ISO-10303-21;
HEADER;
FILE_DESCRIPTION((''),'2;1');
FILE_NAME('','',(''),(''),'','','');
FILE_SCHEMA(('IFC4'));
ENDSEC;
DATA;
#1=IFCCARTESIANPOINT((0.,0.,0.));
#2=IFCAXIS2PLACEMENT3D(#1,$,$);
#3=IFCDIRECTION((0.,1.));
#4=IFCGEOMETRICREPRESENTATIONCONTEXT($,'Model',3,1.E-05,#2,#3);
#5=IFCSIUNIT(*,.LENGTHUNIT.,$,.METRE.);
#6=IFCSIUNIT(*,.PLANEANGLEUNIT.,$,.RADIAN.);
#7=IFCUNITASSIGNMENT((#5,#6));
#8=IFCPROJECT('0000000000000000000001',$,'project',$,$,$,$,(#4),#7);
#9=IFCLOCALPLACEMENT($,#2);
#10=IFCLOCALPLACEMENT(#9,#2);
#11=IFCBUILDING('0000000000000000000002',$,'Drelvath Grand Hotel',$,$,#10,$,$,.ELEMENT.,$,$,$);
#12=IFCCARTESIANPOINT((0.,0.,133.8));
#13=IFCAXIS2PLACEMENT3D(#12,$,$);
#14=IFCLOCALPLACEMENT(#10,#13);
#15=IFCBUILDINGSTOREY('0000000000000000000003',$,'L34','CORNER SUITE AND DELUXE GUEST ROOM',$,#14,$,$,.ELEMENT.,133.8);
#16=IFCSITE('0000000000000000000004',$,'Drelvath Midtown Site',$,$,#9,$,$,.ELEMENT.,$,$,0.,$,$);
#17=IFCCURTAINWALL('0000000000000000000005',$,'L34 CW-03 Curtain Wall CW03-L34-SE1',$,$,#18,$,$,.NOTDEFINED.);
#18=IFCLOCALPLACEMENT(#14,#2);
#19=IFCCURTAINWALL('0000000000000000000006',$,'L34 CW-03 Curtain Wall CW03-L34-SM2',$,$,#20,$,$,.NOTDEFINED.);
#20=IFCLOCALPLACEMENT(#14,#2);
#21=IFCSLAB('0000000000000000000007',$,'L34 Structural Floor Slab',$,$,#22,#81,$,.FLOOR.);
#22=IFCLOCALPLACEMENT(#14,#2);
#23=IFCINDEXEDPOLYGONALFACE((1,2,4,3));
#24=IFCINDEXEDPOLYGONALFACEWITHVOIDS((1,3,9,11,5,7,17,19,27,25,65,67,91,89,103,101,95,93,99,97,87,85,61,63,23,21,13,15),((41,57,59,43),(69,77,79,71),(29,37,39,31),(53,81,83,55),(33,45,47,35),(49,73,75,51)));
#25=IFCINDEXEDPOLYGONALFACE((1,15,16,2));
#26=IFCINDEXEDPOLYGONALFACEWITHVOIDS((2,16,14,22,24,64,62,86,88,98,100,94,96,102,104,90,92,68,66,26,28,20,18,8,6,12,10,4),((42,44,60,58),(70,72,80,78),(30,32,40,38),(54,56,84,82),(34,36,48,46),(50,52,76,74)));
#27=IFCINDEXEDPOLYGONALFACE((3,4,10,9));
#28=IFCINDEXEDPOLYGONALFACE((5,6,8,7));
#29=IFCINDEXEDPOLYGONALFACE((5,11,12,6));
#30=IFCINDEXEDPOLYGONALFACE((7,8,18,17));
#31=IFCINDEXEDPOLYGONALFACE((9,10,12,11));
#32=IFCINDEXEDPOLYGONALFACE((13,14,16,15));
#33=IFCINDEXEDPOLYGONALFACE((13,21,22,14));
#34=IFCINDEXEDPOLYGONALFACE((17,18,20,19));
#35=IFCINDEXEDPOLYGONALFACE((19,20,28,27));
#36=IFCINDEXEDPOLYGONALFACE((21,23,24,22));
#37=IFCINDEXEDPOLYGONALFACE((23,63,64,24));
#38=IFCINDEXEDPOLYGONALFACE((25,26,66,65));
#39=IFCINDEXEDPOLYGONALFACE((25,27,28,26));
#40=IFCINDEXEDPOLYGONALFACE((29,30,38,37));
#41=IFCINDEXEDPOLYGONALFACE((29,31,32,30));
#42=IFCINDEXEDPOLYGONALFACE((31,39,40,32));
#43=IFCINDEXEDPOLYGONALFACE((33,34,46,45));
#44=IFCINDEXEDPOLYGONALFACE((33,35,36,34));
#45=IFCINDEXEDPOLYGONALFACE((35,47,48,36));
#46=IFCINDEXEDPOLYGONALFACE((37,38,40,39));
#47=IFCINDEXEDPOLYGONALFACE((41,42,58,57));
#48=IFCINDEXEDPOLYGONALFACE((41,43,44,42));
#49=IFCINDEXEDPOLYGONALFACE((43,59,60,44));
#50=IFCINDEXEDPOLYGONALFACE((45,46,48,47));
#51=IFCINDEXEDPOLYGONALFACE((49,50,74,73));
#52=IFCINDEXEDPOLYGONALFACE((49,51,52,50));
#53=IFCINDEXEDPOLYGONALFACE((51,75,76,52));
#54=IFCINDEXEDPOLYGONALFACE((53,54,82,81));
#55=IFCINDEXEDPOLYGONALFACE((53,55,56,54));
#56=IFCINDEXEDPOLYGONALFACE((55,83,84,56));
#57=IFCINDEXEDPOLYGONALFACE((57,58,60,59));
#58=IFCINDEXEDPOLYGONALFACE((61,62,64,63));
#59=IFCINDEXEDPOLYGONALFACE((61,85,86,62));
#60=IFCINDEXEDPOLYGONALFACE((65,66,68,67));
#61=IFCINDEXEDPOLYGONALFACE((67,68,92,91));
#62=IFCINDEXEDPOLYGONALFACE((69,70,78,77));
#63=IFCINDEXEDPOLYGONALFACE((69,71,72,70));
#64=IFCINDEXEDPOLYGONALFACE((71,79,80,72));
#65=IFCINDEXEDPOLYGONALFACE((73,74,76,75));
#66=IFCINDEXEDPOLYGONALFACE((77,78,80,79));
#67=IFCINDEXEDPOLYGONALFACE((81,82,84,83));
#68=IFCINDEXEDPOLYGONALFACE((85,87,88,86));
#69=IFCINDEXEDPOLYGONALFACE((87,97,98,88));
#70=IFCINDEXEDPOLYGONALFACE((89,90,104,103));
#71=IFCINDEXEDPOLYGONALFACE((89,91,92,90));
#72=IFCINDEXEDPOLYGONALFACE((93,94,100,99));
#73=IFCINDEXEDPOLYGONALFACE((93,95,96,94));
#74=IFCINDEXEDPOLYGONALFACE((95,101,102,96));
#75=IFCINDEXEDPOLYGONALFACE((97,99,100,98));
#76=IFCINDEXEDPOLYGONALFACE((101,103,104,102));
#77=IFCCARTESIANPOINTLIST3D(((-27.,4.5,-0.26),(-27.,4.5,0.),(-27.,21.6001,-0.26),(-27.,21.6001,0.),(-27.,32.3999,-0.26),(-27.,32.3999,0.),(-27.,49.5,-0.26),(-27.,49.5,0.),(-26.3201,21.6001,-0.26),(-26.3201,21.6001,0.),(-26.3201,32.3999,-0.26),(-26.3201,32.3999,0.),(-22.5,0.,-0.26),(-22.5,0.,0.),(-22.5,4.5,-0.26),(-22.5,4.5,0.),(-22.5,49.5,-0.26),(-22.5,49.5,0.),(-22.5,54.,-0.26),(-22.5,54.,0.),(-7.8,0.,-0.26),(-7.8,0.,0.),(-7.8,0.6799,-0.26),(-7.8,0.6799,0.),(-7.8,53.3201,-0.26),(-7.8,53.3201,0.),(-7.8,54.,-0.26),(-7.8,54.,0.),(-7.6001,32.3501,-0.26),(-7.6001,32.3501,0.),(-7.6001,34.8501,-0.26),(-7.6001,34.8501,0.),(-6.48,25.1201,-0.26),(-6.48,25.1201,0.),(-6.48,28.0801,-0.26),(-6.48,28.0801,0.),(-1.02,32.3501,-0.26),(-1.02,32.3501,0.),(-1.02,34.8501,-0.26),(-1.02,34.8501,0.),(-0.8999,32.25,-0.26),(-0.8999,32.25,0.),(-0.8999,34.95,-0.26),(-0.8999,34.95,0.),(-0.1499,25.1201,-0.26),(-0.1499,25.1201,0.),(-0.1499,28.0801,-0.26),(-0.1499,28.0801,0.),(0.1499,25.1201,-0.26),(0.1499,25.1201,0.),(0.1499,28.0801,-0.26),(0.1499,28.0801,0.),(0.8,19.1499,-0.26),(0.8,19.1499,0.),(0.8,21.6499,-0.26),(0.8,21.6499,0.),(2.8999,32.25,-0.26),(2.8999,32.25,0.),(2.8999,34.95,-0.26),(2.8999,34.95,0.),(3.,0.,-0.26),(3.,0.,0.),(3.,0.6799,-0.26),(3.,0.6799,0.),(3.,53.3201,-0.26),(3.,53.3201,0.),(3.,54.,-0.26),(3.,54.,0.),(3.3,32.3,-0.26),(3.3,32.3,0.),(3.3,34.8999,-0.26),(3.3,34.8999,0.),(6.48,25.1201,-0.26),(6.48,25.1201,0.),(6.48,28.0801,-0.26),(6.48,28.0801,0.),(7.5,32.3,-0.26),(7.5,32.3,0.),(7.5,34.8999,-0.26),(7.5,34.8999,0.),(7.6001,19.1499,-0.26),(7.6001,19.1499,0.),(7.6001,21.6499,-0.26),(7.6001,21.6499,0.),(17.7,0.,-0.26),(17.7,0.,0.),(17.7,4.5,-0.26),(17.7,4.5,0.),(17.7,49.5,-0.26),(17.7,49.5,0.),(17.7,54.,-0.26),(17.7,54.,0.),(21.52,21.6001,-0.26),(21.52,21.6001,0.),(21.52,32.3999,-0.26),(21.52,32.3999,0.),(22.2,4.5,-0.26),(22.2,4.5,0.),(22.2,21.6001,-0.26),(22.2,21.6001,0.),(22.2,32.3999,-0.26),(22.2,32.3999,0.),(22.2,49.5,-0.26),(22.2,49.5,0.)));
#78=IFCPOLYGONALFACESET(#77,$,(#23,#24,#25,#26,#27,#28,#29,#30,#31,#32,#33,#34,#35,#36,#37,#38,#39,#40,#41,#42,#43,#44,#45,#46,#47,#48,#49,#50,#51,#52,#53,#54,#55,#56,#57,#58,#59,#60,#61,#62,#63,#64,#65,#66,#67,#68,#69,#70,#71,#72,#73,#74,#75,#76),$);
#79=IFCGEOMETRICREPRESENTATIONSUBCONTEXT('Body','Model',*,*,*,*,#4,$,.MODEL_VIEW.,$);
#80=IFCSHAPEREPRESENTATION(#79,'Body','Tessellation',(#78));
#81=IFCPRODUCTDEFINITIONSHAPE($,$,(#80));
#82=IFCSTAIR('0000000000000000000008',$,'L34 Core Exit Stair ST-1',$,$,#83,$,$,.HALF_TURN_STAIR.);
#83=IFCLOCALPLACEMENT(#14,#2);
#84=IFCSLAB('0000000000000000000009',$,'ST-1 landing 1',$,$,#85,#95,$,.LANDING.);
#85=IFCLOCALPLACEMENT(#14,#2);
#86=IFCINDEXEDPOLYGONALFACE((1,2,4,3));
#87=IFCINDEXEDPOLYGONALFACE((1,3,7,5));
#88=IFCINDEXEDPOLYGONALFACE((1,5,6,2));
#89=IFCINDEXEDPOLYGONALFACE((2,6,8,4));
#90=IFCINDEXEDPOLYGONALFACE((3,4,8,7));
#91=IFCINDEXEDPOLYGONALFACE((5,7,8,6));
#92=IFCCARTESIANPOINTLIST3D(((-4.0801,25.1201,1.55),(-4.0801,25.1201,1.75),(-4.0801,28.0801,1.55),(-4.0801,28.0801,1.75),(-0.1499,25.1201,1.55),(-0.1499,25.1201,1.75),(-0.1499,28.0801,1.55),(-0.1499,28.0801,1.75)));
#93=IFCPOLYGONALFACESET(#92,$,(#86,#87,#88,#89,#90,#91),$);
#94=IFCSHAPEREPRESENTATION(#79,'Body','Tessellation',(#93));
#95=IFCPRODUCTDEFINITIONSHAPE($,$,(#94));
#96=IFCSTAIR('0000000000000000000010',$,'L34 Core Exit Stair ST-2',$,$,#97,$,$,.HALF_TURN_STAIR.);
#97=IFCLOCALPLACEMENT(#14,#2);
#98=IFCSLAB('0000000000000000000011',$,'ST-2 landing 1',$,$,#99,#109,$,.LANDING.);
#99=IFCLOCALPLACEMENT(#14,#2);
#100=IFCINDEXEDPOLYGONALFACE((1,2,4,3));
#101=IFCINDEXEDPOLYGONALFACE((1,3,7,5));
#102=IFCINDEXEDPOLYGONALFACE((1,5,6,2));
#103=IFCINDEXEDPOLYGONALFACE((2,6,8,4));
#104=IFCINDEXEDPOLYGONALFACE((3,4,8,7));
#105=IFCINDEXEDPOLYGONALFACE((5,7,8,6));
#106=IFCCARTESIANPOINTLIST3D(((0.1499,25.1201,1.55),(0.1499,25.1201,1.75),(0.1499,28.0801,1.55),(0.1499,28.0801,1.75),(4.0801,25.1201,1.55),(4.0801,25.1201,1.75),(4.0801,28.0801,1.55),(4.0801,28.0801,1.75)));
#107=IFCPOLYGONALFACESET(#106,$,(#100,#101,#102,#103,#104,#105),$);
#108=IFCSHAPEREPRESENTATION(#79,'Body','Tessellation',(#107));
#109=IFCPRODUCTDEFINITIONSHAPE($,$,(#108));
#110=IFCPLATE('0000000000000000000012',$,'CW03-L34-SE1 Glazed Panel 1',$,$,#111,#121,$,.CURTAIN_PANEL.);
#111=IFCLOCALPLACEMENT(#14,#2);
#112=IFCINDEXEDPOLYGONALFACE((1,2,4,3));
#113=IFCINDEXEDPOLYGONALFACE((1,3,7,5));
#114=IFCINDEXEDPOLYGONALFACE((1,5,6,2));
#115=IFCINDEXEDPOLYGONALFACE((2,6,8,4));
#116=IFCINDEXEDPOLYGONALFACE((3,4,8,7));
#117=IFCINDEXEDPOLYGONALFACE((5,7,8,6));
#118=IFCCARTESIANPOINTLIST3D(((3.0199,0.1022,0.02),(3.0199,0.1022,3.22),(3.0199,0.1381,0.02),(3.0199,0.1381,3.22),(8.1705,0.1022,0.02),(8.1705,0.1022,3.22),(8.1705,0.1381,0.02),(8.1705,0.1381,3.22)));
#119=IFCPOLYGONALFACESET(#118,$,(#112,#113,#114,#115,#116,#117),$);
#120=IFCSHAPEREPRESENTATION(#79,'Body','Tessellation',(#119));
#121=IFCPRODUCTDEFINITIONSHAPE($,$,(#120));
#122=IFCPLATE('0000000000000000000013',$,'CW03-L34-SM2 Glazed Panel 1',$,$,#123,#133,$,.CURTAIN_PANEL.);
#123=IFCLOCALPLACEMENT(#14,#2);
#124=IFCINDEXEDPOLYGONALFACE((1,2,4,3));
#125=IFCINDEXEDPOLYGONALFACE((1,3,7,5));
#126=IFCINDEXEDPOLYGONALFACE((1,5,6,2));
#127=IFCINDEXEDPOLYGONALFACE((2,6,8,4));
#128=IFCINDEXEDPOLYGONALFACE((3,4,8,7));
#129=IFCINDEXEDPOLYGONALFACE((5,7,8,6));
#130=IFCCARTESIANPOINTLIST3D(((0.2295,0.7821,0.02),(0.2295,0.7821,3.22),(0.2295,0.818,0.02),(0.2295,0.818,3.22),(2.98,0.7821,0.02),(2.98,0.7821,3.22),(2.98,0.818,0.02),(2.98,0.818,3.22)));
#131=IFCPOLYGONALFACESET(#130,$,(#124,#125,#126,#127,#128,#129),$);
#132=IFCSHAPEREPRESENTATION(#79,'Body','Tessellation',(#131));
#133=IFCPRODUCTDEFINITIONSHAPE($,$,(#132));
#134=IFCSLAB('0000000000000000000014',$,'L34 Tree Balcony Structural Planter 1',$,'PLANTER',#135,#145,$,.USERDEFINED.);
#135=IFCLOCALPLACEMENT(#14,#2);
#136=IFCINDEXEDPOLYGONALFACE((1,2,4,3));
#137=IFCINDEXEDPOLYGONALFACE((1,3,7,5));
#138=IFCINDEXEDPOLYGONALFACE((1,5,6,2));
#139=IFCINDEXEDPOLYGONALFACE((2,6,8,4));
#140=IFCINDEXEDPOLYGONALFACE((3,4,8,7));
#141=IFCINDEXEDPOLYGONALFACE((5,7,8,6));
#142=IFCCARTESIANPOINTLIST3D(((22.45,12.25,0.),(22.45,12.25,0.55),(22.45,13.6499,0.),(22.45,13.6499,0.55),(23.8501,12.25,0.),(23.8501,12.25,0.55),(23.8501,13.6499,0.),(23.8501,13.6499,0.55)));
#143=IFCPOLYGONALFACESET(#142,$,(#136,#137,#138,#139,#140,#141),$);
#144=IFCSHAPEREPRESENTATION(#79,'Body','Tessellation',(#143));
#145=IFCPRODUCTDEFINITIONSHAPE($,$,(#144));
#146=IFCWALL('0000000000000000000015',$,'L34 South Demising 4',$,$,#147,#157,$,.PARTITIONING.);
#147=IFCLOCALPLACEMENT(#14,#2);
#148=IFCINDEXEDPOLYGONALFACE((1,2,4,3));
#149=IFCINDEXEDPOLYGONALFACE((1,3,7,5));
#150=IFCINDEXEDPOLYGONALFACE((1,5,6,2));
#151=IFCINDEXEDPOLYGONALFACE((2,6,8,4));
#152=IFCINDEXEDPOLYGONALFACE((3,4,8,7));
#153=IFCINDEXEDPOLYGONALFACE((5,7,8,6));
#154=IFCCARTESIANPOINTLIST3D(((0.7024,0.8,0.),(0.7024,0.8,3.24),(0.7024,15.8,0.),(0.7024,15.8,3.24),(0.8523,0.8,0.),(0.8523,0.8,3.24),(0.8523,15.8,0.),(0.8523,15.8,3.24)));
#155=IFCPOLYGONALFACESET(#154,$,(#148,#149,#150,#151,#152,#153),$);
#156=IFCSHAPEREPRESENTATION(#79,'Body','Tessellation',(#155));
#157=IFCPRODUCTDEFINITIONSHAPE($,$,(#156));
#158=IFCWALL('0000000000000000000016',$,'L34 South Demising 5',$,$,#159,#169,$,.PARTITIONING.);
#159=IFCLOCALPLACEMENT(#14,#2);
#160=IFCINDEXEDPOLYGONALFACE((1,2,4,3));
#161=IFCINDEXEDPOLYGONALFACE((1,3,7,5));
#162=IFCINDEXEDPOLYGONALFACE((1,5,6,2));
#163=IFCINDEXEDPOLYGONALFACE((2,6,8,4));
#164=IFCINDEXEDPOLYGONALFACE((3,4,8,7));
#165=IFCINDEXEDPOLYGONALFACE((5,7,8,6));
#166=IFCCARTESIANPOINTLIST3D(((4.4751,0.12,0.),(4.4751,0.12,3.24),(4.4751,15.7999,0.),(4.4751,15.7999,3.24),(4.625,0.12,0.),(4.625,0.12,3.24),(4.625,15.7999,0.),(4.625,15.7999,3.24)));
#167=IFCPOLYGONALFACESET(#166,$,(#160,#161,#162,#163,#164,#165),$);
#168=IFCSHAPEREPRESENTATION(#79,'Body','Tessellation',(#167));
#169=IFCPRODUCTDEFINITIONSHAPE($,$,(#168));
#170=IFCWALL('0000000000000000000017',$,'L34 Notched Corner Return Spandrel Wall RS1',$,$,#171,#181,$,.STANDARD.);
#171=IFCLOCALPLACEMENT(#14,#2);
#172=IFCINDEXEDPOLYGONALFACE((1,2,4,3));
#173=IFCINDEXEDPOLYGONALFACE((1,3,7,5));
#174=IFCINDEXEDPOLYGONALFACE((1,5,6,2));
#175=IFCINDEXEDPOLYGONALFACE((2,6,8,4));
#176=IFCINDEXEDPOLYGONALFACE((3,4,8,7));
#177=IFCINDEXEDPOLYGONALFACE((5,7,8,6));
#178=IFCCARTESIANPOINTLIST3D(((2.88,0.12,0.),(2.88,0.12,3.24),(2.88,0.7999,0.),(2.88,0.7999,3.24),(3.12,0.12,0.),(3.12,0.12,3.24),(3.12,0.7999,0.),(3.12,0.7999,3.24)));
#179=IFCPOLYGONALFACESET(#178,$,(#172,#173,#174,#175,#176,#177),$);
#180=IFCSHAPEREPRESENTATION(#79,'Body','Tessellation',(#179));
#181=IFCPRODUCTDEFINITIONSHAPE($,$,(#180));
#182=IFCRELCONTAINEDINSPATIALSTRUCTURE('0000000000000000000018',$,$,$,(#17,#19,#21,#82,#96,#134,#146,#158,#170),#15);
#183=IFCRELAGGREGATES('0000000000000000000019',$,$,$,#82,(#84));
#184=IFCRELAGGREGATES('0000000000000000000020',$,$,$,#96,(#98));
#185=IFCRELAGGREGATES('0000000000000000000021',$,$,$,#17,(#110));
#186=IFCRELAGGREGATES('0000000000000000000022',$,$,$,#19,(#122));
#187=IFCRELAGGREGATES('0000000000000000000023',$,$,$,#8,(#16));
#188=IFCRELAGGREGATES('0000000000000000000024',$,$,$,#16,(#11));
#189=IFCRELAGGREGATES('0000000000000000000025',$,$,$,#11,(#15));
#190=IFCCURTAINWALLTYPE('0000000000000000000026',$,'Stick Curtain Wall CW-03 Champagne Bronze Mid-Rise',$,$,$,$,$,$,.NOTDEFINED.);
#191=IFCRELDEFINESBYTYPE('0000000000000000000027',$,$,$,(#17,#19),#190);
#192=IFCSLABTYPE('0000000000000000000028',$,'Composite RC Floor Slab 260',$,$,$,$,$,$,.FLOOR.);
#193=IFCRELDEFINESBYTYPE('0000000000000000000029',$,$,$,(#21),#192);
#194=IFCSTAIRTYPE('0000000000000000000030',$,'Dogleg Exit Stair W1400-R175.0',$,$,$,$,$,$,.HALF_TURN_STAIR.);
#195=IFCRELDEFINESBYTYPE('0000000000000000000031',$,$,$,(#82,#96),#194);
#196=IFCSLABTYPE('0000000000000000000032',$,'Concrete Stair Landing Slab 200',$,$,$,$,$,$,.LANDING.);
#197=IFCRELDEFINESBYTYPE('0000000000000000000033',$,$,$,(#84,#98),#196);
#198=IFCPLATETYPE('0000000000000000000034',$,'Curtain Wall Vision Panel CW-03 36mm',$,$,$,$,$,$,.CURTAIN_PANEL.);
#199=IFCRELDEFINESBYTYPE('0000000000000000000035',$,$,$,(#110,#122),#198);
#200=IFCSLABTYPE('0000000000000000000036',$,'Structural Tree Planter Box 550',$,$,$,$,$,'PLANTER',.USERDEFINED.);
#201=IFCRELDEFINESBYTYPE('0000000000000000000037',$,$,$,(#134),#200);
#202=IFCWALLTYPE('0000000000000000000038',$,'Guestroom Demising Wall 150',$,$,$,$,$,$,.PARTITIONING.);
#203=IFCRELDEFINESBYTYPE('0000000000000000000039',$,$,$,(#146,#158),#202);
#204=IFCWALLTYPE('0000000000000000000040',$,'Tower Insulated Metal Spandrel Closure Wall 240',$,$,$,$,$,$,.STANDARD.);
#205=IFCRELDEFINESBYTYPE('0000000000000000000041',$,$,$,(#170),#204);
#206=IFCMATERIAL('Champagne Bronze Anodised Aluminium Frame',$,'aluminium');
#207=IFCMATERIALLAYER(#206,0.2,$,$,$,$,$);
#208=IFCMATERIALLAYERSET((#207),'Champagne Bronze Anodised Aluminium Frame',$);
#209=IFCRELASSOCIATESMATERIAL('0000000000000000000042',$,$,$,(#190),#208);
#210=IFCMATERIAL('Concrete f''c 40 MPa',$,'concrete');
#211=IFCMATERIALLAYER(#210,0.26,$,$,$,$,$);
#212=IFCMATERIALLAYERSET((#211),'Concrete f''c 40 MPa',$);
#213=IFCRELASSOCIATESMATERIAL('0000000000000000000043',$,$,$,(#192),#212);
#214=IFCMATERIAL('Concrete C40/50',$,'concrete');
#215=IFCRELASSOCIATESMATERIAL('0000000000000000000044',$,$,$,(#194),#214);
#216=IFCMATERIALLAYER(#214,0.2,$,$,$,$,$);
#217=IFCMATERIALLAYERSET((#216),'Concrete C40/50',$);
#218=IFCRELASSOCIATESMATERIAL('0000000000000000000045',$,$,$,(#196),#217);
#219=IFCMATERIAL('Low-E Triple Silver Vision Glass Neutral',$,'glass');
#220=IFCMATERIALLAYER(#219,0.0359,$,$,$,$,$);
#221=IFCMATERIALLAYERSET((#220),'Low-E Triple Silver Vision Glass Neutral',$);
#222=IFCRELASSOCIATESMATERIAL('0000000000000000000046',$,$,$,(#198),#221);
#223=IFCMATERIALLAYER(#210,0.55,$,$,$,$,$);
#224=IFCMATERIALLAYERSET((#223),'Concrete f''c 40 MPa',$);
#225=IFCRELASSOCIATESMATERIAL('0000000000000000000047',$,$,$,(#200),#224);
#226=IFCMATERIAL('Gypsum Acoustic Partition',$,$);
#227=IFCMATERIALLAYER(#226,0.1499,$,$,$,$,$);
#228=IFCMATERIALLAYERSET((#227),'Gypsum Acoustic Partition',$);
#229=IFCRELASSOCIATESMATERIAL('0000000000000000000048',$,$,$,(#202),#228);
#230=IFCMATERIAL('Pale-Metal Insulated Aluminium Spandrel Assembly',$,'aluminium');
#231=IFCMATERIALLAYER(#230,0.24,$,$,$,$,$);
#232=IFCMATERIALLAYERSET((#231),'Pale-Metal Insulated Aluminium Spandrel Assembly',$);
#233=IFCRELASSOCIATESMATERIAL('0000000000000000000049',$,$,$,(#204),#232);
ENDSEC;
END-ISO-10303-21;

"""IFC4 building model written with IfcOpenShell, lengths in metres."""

from ifc_helpers import new_model, si_unit, direction, frame, frame_2d, origin, origin_2d, place, context, subcontext, project, spatial, polyline, rectangle, outline, extrude, material, layer, layer_set, type_object, element, aggregate, save


model = new_model("IFC4")

# Units and contexts
model_context = context("Model", 3, precision=1e-05, world=origin(), true_north=direction((0.0, 1.0)))
body_context = subcontext(model_context, "Body", "Model", "MODEL_VIEW")
ifc_project = project(units=[si_unit("LENGTHUNIT", "METRE"), si_unit("PLANEANGLEUNIT", "RADIAN")], contexts=[model_context])

# Site, building, storey
site_placement = place(None, origin())
site = spatial("IfcSite", under=ifc_project, at=site_placement, Name="Drelvath Midtown Site", CompositionType="ELEMENT", RefElevation=0.0)
building_placement = place(site_placement, origin())
building = spatial("IfcBuilding", under=site, at=building_placement, Name="Drelvath Grand Hotel", CompositionType="ELEMENT")
storey_placement = place(building_placement, frame((0.0, 0.0, 133.8)))
storey = spatial("IfcBuildingStorey", under=building, at=storey_placement, Name="L34", Description="CORNER SUITE AND DELUXE GUEST ROOM", CompositionType="ELEMENT", Elevation=133.8)

# Curtain walls
ifc_material_1 = material(Name="Champagne Bronze Anodised Aluminium Frame", Category="aluminium")
ifc_layer_1 = layer(ifc_material_1, 0.2)
ifc_layer_set_1 = layer_set([ifc_layer_1], Name="Champagne Bronze Anodised Aluminium Frame")
curtain_wall_type = type_object("IfcCurtainWallType", Name="Stick Curtain Wall CW-03 Champagne Bronze Mid-Rise", PredefinedType="NOTDEFINED", material=ifc_layer_set_1)
curtain_wall_1_placement = place(storey_placement, origin())
curtain_wall_1 = element("IfcCurtainWall", 1, at=curtain_wall_1_placement, inside=storey, type_object=curtain_wall_type, Name="L34 CW-03 Curtain Wall CW03-L34-SE1", PredefinedType="NOTDEFINED")
curtain_wall_2_placement = place(storey_placement, origin())
curtain_wall_2 = element("IfcCurtainWall", 2, at=curtain_wall_2_placement, inside=storey, type_object=curtain_wall_type, Name="L34 CW-03 Curtain Wall CW03-L34-SM2", PredefinedType="NOTDEFINED")

# Slab
ifc_material_2 = material(Name="Concrete f'c 40 MPa", Category="concrete")
ifc_layer_2 = layer(ifc_material_2, 0.26)
ifc_layer_set_2 = layer_set([ifc_layer_2], Name="Concrete f'c 40 MPa")
slab_type_1 = type_object("IfcSlabType", Name="Composite RC Floor Slab 260", PredefinedType="FLOOR", material=ifc_layer_set_2)
slab_1_placement = place(storey_placement, frame((0.0, 0.0, -0.26)))
element("IfcSlab", 3, at=slab_1_placement, inside=storey, type_object=slab_type_1, Name="L34 Structural Floor Slab", PredefinedType="FLOOR", context=body_context, shape_type="SweptSolid", body=[
    extrude(outline(polyline([(-22.5, 0.0), (-7.8, 0.0), (-7.8, 0.6799), (3.0, 0.6799), (3.0, 0.0), (17.7, 0.0), (17.7, 4.5), (22.2, 4.5), (22.2, 21.6001), (21.52, 21.6001), (21.52, 32.3999), (22.2, 32.3999), (22.2, 49.5), (17.7, 49.5), (17.7, 54.0), (3.0, 54.0), (3.0, 53.3201), (-7.8, 53.3201), (-7.8, 54.0), (-22.5, 54.0), (-22.5, 49.5), (-27.0, 49.5), (-27.0, 32.3999), (-26.3201, 32.3999), (-26.3201, 21.6001), (-27.0, 21.6001), (-27.0, 4.5), (-22.5, 4.5), (-22.5, 0.0)]), holes=[polyline([(-6.48, 25.1201), (-6.48, 28.0801), (-0.1499, 28.0801), (-0.1499, 25.1201), (-6.48, 25.1201)]), polyline([(0.1499, 25.1201), (0.1499, 28.0801), (6.48, 28.0801), (6.48, 25.1201), (0.1499, 25.1201)]), polyline([(0.8, 19.1499), (0.8, 21.6499), (7.6001, 21.6499), (7.6001, 19.1499), (0.8, 19.1499)]), polyline([(-7.6001, 32.3501), (-7.6001, 34.8501), (-1.02, 34.8501), (-1.02, 32.3501), (-7.6001, 32.3501)]), polyline([(-0.8999, 32.25), (-0.8999, 34.95), (2.8999, 34.95), (2.8999, 32.25), (-0.8999, 32.25)]), polyline([(3.3, 32.3), (3.3, 34.8999), (7.5, 34.8999), (7.5, 32.3), (3.3, 32.3)])]), origin(), (0.0, 0.0, 1.0), 0.26),
])

# Stairs, slabs
ifc_material_3 = material(Name="Concrete C40/50", Category="concrete")
stair_type = type_object("IfcStairType", Name="Dogleg Exit Stair W1400-R175.0", PredefinedType="HALF_TURN_STAIR", material=ifc_material_3)
stair_1_placement = place(storey_placement, origin())
stair_1 = element("IfcStair", 4, at=stair_1_placement, inside=storey, type_object=stair_type, Name="L34 Core Exit Stair ST-1", PredefinedType="HALF_TURN_STAIR")
ifc_layer_3 = layer(ifc_material_3, 0.2)
ifc_layer_set_3 = layer_set([ifc_layer_3], Name="Concrete C40/50")
slab_type_2 = type_object("IfcSlabType", Name="Concrete Stair Landing Slab 200", PredefinedType="LANDING", material=ifc_layer_set_3)
slab_2_placement = place(storey_placement, frame((0.0, 0.0, 1.55)))
slab_2 = element("IfcSlab", 5, at=slab_2_placement, type_object=slab_type_2, Name="ST-1 landing 1", PredefinedType="LANDING", context=body_context, shape_type="SweptSolid", body=[
    extrude(outline(polyline([(-4.0801, 25.1201), (-0.1499, 25.1201), (-0.1499, 28.0801), (-4.0801, 28.0801), (-4.0801, 25.1201)])), origin(), (0.0, 0.0, 1.0), 0.2),
])
aggregate(stair_1, [slab_2])
stair_2_placement = place(storey_placement, origin())
stair_2 = element("IfcStair", 6, at=stair_2_placement, inside=storey, type_object=stair_type, Name="L34 Core Exit Stair ST-2", PredefinedType="HALF_TURN_STAIR")
slab_3_placement = place(storey_placement, frame((0.0, 0.0, 1.55)))
slab_3 = element("IfcSlab", 7, at=slab_3_placement, type_object=slab_type_2, Name="ST-2 landing 1", PredefinedType="LANDING", context=body_context, shape_type="SweptSolid", body=[
    extrude(outline(polyline([(4.0801, 28.0801), (0.1499, 28.0801), (0.1499, 25.1201), (4.0801, 25.1201), (4.0801, 28.0801)])), origin(), (0.0, 0.0, 1.0), 0.2),
])
aggregate(stair_2, [slab_3])

# Plates
ifc_material_4 = material(Name="Low-E Triple Silver Vision Glass Neutral", Category="glass")
ifc_layer_4 = layer(ifc_material_4, 0.0359)
ifc_layer_set_4 = layer_set([ifc_layer_4], Name="Low-E Triple Silver Vision Glass Neutral")
plate_type = type_object("IfcPlateType", Name="Curtain Wall Vision Panel CW-03 36mm", PredefinedType="CURTAIN_PANEL", material=ifc_layer_set_4)
plate_1_placement = place(storey_placement, frame((5.5952, 0.1201, 0.02), z_axis=(0.0, 0.0, 1.0), x_axis=(-1.0, 0.0, 0.0)))
plate_1 = element("IfcPlate", 8, at=plate_1_placement, type_object=plate_type, Name="CW03-L34-SE1 Glazed Panel 1", PredefinedType="CURTAIN_PANEL", context=body_context, shape_type="SweptSolid", body=[
    extrude(rectangle(XDim=5.1506, YDim=0.0359, at=origin_2d()), origin(), (0.0, 0.0, 1.0), 3.2),
])
aggregate(curtain_wall_1, [plate_1])
plate_2_placement = place(storey_placement, frame((1.6047, 0.8, 0.02), z_axis=(0.0, 0.0, 1.0), x_axis=(-1.0, 0.0, 0.0)))
plate_2 = element("IfcPlate", 9, at=plate_2_placement, type_object=plate_type, Name="CW03-L34-SM2 Glazed Panel 1", PredefinedType="CURTAIN_PANEL", context=body_context, shape_type="SweptSolid", body=[
    extrude(rectangle(XDim=2.7505, YDim=0.0359, at=origin_2d()), origin(), (0.0, 0.0, 1.0), 3.2),
])
aggregate(curtain_wall_2, [plate_2])

# Slab
ifc_layer_5 = layer(ifc_material_2, 0.55)
ifc_layer_set_5 = layer_set([ifc_layer_5], Name="Concrete f'c 40 MPa")
slab_type_3 = type_object("IfcSlabType", Name="Structural Tree Planter Box 550", ElementType="PLANTER", PredefinedType="USERDEFINED", material=ifc_layer_set_5)
slab_4_placement = place(storey_placement, origin())
element("IfcSlab", 10, at=slab_4_placement, inside=storey, type_object=slab_type_3, Name="L34 Tree Balcony Structural Planter 1", ObjectType="PLANTER", PredefinedType="USERDEFINED", context=body_context, shape_type="SweptSolid", body=[
    extrude(outline(polyline([(22.45, 12.25), (23.8501, 12.25), (23.8501, 13.6499), (22.45, 13.6499), (22.45, 12.25)])), origin(), (0.0, 0.0, 1.0), 0.55),
])

# Walls
ifc_material_5 = material(Name="Gypsum Acoustic Partition")
ifc_layer_6 = layer(ifc_material_5, 0.1499)
ifc_layer_set_6 = layer_set([ifc_layer_6], Name="Gypsum Acoustic Partition")
wall_type_1 = type_object("IfcWallType", Name="Guestroom Demising Wall 150", PredefinedType="PARTITIONING", material=ifc_layer_set_6)
wall_1_placement = place(storey_placement, frame((0.7773, 0.8, 0.0), z_axis=(0.0, 0.0, 1.0), x_axis=(0.0, 1.0, 0.0)))
element("IfcWall", 11, at=wall_1_placement, inside=storey, type_object=wall_type_1, Name="L34 South Demising 4", PredefinedType="PARTITIONING", context=body_context, shape_type="SweptSolid", body=[
    extrude(rectangle(XDim=15.0, YDim=0.1499, at=frame_2d((7.5, 0.0))), origin(), (0.0, 0.0, 1.0), 3.24),
])
wall_2_placement = place(storey_placement, frame((4.55, 0.1201, 0.0), z_axis=(0.0, 0.0, 1.0), x_axis=(0.0, 1.0, 0.0)))
element("IfcWall", 12, at=wall_2_placement, inside=storey, type_object=wall_type_1, Name="L34 South Demising 5", PredefinedType="PARTITIONING", context=body_context, shape_type="SweptSolid", body=[
    extrude(rectangle(XDim=15.6799, YDim=0.1499, at=frame_2d((7.8398, 0.0))), origin(), (0.0, 0.0, 1.0), 3.24),
])
ifc_material_6 = material(Name="Pale-Metal Insulated Aluminium Spandrel Assembly", Category="aluminium")
ifc_layer_7 = layer(ifc_material_6, 0.24)
ifc_layer_set_7 = layer_set([ifc_layer_7], Name="Pale-Metal Insulated Aluminium Spandrel Assembly")
wall_type_2 = type_object("IfcWallType", Name="Tower Insulated Metal Spandrel Closure Wall 240", PredefinedType="STANDARD", material=ifc_layer_set_7)
wall_3_placement = place(storey_placement, frame((3.0, 0.1201, 0.0), z_axis=(0.0, 0.0, 1.0), x_axis=(0.0, 1.0, 0.0)))
element("IfcWall", 13, at=wall_3_placement, inside=storey, type_object=wall_type_2, Name="L34 Notched Corner Return Spandrel Wall RS1", PredefinedType="STANDARD", context=body_context, shape_type="SweptSolid", body=[
    extrude(rectangle(XDim=0.6799, YDim=0.24, at=frame_2d((0.3398, 0.0))), origin(), (0.0, 0.0, 1.0), 3.24),
])

save(model, "model.ifc")
